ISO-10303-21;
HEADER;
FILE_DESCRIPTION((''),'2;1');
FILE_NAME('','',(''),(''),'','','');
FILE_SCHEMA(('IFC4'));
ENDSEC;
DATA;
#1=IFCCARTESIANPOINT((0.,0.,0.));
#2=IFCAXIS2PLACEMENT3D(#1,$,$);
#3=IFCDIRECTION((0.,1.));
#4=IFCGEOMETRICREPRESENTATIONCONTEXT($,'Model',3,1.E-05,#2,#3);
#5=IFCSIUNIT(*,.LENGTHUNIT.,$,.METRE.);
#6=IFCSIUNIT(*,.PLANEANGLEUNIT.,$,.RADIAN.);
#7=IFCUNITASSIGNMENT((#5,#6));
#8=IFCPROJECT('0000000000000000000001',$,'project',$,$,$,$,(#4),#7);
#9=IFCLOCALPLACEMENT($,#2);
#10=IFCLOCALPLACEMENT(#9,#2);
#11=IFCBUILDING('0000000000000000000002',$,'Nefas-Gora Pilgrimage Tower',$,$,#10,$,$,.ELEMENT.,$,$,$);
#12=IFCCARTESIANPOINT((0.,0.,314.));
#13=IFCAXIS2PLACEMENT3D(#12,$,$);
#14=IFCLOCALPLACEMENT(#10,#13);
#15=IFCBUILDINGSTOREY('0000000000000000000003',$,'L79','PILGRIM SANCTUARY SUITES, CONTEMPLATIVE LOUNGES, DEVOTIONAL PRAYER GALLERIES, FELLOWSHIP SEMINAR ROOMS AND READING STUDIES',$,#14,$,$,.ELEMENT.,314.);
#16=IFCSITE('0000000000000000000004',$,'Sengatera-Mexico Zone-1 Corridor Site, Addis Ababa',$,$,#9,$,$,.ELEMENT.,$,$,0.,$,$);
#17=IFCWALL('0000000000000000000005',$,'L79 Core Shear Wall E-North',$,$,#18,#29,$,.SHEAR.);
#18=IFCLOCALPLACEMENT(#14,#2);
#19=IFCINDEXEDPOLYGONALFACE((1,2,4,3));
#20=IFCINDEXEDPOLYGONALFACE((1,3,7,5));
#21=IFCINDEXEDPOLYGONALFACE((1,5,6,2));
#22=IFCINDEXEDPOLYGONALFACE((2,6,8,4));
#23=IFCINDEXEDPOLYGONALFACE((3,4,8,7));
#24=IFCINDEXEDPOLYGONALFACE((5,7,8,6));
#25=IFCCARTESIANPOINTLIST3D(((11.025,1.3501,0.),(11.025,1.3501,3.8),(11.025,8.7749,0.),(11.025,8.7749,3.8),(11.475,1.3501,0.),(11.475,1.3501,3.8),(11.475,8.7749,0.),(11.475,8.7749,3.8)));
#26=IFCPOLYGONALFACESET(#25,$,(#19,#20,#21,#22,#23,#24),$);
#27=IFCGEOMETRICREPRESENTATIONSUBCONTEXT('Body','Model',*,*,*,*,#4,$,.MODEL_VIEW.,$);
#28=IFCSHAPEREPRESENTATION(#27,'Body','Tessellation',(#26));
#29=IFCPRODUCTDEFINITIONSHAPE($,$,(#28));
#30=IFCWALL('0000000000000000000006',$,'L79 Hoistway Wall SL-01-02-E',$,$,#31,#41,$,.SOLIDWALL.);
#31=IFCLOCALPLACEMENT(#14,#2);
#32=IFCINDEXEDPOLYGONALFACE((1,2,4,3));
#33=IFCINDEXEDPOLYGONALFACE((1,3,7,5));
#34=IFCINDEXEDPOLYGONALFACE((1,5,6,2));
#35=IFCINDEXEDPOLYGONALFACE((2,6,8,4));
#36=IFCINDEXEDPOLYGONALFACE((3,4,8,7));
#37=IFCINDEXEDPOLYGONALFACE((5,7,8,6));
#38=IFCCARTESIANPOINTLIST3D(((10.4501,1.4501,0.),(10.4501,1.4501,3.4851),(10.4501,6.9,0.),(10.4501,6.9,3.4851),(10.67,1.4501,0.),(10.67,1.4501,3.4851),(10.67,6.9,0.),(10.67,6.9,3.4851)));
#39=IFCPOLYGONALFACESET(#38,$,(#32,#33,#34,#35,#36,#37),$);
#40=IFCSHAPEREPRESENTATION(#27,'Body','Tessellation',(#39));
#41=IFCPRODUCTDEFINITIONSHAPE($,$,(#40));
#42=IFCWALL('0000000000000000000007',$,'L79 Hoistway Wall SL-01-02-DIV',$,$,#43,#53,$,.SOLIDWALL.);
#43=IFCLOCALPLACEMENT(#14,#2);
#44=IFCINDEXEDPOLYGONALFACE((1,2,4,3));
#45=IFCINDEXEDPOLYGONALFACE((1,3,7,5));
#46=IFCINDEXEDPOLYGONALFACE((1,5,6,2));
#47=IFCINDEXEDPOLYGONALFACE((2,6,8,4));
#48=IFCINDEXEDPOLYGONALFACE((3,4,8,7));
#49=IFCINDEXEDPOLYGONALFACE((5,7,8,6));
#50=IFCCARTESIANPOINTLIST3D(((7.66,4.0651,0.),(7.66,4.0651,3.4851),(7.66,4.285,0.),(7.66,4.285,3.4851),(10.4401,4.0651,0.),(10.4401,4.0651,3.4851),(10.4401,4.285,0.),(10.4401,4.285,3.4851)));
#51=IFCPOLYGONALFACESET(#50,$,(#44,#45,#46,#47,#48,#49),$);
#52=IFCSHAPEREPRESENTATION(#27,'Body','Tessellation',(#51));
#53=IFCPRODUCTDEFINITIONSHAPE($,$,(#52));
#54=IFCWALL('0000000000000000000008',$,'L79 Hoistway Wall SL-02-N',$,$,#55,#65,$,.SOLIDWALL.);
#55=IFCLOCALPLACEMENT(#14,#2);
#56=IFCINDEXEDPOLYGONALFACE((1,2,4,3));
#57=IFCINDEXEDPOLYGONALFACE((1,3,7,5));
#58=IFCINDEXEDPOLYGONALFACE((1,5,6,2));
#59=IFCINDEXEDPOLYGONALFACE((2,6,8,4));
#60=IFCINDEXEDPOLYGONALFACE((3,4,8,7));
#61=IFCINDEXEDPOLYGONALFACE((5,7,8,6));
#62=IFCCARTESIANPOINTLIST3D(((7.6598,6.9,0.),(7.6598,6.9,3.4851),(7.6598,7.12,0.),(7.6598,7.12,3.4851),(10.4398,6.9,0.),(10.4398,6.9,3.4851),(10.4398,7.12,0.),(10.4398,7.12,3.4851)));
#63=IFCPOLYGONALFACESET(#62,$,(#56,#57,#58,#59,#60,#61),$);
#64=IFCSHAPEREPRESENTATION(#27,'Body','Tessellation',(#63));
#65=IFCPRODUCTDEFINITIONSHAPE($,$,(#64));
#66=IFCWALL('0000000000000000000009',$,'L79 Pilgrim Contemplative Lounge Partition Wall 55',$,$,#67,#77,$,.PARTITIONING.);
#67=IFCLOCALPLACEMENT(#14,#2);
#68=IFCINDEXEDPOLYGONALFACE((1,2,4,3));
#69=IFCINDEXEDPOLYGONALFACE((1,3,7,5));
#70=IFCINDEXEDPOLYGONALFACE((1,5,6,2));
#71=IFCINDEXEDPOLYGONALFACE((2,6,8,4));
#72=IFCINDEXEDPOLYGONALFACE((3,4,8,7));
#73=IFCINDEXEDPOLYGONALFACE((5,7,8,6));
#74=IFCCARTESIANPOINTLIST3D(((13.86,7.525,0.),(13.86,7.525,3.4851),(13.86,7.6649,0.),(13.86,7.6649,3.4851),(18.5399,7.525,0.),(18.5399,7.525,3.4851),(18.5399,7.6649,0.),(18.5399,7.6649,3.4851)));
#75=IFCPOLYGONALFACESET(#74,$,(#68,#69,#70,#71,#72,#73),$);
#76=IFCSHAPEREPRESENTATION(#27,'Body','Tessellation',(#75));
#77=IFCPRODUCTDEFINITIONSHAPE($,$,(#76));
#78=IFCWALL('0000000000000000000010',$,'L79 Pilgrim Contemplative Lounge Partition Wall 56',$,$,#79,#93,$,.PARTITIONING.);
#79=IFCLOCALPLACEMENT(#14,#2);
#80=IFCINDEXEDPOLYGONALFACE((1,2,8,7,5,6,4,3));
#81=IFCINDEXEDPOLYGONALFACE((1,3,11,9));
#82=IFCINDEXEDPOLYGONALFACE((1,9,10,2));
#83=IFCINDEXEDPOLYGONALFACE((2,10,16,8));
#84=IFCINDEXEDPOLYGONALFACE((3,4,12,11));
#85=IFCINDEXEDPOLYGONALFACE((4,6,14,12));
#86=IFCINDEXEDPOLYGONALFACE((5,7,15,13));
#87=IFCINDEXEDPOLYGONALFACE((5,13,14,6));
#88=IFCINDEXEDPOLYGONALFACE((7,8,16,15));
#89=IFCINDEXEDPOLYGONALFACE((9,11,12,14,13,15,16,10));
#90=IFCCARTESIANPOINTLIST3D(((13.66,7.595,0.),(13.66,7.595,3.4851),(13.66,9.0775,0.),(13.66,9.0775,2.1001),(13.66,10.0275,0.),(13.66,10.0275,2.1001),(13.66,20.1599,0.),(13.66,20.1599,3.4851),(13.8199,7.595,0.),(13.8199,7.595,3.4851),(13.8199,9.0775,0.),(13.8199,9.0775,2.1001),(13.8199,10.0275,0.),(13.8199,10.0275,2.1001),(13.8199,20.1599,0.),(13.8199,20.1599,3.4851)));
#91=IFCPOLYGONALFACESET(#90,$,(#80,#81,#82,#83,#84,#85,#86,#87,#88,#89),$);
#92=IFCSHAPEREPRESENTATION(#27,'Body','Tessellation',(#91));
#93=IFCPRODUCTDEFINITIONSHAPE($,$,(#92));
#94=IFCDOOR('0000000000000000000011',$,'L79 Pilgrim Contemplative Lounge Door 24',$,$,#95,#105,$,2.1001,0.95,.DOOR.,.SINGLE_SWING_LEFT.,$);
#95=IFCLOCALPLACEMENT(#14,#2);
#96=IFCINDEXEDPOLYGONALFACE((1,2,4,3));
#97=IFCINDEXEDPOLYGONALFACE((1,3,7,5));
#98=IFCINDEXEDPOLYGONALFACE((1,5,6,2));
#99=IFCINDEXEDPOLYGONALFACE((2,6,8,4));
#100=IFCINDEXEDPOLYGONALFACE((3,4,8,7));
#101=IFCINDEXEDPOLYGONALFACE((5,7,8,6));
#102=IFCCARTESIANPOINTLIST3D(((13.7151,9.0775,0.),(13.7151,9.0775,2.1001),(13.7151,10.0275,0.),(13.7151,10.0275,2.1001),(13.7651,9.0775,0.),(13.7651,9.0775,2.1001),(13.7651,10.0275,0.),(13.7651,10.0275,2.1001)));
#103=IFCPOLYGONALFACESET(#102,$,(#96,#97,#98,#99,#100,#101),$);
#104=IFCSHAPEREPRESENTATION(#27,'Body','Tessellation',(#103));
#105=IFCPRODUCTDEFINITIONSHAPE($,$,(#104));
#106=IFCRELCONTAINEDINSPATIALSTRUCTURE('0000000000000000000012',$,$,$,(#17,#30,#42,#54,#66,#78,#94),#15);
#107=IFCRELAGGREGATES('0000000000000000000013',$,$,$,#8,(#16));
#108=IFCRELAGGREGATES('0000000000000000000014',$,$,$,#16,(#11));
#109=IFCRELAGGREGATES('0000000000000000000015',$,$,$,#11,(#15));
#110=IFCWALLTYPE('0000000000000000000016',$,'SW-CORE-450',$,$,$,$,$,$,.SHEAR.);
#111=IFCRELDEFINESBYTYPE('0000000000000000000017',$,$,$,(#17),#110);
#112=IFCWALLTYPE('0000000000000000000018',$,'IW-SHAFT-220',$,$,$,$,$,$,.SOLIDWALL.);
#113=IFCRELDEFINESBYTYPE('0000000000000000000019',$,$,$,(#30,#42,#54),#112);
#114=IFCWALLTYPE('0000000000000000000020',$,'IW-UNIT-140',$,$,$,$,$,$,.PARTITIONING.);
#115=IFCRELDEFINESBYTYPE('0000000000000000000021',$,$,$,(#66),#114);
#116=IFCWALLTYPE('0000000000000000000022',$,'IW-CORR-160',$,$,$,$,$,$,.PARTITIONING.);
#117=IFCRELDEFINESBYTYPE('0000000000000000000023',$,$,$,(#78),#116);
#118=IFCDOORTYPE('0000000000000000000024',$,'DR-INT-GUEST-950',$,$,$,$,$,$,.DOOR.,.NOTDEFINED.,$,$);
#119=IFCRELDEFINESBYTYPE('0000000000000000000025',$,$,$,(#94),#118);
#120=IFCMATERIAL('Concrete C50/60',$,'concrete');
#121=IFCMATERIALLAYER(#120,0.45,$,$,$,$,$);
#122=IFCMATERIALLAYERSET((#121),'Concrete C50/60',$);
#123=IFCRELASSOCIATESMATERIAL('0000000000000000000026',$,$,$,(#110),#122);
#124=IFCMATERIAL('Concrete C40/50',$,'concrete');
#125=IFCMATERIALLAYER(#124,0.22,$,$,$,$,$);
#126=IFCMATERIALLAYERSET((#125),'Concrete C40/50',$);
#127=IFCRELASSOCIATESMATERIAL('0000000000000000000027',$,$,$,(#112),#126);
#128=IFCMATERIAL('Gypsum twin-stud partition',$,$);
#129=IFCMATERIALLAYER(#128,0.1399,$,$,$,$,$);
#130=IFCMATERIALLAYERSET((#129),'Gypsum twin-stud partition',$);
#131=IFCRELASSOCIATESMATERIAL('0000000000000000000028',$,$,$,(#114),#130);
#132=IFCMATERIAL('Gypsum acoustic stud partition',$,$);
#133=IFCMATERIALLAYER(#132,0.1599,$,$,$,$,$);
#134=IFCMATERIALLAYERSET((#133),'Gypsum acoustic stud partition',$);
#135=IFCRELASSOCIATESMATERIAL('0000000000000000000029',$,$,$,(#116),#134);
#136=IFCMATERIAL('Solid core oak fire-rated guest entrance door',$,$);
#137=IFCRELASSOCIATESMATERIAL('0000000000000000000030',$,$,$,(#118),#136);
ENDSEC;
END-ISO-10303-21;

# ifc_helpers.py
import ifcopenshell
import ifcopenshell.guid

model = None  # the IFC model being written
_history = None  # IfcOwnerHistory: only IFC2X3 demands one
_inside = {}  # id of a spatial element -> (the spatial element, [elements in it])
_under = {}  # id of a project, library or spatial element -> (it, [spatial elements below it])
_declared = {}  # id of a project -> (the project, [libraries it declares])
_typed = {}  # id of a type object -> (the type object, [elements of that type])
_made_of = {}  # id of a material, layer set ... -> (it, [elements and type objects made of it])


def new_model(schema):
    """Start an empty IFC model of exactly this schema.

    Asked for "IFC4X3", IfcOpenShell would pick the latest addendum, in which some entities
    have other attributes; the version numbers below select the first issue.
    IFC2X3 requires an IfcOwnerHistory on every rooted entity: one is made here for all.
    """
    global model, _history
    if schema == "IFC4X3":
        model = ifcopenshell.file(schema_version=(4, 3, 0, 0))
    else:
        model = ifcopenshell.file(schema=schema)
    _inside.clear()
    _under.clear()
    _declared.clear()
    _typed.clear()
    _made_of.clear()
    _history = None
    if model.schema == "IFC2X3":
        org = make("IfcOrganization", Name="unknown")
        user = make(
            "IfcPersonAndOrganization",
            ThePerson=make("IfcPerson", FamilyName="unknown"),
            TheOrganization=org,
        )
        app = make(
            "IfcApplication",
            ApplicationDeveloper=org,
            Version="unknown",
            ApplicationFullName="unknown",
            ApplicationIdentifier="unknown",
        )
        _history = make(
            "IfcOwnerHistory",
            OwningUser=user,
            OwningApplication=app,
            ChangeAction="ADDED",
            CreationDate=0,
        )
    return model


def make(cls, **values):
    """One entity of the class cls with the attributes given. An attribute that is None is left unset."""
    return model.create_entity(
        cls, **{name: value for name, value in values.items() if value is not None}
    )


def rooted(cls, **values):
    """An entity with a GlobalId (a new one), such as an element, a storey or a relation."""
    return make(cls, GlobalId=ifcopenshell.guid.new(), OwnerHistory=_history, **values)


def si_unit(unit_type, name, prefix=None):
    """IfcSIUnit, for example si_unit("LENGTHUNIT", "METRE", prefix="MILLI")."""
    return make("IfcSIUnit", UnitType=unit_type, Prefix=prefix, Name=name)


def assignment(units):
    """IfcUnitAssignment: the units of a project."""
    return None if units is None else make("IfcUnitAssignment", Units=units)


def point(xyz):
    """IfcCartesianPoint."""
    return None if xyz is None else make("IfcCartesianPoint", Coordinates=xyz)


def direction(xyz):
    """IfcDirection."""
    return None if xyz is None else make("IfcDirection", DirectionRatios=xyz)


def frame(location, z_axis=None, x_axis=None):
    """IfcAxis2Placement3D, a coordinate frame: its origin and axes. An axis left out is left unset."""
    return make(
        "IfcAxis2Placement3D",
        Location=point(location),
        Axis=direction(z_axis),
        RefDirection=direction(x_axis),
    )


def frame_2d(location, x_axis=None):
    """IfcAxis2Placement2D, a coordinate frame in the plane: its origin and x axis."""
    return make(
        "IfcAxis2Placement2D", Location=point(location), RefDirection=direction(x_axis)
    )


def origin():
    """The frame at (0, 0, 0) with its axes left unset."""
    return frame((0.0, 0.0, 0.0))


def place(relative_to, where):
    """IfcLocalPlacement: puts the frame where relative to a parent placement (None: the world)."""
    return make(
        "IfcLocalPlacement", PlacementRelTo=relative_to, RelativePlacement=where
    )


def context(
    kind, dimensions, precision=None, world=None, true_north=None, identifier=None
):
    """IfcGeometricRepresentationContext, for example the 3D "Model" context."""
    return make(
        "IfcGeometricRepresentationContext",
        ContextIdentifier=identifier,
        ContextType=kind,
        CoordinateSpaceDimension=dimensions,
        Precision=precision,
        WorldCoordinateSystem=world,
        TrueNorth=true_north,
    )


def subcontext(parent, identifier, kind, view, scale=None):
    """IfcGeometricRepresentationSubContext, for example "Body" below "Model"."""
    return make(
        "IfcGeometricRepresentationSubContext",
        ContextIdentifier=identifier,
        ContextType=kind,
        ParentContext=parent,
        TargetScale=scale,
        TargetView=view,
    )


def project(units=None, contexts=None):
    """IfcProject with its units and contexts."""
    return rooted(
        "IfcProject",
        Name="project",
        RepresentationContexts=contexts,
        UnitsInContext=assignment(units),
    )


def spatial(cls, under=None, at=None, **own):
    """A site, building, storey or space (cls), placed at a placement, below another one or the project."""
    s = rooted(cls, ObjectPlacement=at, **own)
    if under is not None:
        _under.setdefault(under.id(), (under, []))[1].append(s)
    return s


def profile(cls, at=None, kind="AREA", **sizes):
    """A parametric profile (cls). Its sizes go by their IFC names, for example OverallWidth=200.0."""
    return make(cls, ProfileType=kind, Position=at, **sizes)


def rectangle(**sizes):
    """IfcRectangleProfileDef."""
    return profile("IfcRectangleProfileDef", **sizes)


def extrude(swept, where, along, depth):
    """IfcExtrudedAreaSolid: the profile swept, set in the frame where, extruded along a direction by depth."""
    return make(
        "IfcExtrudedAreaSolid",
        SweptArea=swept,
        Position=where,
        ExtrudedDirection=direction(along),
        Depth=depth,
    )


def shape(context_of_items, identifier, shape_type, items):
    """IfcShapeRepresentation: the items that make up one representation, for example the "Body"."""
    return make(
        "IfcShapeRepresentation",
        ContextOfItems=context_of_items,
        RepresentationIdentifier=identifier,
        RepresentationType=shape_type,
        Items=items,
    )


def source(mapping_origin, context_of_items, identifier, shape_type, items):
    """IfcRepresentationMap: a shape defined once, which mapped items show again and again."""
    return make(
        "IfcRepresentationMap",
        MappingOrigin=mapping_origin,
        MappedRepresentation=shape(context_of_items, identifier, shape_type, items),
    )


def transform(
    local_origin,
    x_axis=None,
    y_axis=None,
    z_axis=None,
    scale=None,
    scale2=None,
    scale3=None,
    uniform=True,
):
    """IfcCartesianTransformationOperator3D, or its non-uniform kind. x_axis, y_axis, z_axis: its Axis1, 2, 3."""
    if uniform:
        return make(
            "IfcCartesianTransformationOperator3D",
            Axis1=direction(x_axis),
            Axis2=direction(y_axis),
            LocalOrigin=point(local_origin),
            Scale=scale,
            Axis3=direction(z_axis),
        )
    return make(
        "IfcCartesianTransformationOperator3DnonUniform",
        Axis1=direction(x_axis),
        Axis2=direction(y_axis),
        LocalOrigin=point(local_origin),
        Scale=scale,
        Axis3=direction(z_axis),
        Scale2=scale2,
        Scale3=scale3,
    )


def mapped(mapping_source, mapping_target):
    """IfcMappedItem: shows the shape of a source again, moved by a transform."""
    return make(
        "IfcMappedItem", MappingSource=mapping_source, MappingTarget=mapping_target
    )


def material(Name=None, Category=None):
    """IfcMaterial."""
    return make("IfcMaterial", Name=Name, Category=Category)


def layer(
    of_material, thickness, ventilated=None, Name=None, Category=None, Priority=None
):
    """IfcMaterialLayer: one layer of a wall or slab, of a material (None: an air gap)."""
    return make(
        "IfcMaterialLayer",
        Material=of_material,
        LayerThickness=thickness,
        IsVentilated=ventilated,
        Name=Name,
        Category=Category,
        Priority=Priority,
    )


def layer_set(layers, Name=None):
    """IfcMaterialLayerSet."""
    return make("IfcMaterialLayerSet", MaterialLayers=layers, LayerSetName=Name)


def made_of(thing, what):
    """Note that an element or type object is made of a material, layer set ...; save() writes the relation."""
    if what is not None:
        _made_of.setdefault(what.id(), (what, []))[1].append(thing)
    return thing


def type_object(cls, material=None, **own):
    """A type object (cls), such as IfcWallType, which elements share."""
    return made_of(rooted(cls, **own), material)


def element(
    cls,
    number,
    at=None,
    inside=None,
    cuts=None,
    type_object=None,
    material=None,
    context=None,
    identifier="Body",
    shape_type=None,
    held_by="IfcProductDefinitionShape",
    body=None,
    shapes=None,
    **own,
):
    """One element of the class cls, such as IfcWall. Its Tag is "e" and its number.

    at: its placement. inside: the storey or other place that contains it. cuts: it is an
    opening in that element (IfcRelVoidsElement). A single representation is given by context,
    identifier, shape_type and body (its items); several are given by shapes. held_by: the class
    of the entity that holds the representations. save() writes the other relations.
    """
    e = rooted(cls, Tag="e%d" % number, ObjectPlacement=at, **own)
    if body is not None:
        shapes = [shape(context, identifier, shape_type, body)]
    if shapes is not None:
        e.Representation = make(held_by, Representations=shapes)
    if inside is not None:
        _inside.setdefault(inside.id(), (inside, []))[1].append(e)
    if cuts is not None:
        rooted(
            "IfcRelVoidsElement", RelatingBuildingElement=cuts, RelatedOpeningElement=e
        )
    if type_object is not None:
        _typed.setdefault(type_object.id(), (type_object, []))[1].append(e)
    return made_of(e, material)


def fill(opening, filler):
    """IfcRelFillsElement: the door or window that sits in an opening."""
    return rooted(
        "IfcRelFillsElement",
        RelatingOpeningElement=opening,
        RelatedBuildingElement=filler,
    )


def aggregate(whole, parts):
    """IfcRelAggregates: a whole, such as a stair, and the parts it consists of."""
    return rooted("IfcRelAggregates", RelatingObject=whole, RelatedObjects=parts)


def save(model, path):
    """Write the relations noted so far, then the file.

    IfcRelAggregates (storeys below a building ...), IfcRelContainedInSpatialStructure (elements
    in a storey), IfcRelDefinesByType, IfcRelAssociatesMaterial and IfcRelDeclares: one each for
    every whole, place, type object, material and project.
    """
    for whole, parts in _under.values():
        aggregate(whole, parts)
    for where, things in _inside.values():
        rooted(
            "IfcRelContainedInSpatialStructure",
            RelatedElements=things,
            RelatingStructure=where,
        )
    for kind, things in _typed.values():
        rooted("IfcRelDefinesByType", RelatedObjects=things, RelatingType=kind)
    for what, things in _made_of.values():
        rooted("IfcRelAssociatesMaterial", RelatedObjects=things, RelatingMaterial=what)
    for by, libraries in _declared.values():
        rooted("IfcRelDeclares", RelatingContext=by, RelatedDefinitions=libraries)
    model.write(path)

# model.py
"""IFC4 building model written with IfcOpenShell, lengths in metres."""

from ifc_helpers import new_model, si_unit, direction, frame, frame_2d, origin, place, context, subcontext, project, spatial, rectangle, extrude, source, transform, mapped, material, layer, layer_set, type_object, element, fill, save


model = new_model("IFC4")

# Units and contexts
model_context = context("Model", 3, precision=1e-05, world=origin(), true_north=direction((0.0, 1.0)))
body_context = subcontext(model_context, "Body", "Model", "MODEL_VIEW")
ifc_project = project(units=[si_unit("LENGTHUNIT", "METRE"), si_unit("PLANEANGLEUNIT", "RADIAN")], contexts=[model_context])

# Site, building, storey
site_placement = place(None, origin())
site = spatial("IfcSite", under=ifc_project, at=site_placement, Name="Sengatera-Mexico Zone-1 Corridor Site, Addis Ababa", CompositionType="ELEMENT", RefElevation=0.0)
building_placement = place(site_placement, origin())
building = spatial("IfcBuilding", under=site, at=building_placement, Name="Nefas-Gora Pilgrimage Tower", CompositionType="ELEMENT")
storey_placement = place(building_placement, frame((0.0, 0.0, 314.0)))
storey = spatial("IfcBuildingStorey", under=building, at=storey_placement, Name="L79", Description="PILGRIM SANCTUARY SUITES, CONTEMPLATIVE LOUNGES, DEVOTIONAL PRAYER GALLERIES, FELLOWSHIP SEMINAR ROOMS AND READING STUDIES", CompositionType="ELEMENT", Elevation=314.0)

# Shared definitions
ifc_material_1 = material(Name="Concrete C50/60", Category="concrete")

# Walls
ifc_layer_1 = layer(ifc_material_1, 0.45)
ifc_layer_set_1 = layer_set([ifc_layer_1], Name="Concrete C50/60")
wall_type_1 = type_object("IfcWallType", Name="SW-CORE-450", PredefinedType="SHEAR", material=ifc_layer_set_1)
shared_shape_1 = source(origin(), body_context, "Body", "SweptSolid", [
    extrude(rectangle(XDim=7.4248, YDim=0.45, at=frame_2d((3.7124, 0.0))), origin(), (0.0, 0.0, 1.0), 3.8),
])
wall_1_placement = place(storey_placement, frame((11.25, 1.3501, 0.0), z_axis=(0.0, 0.0, 1.0), x_axis=(0.0, 1.0, 0.0)))
element("IfcWall", 1, at=wall_1_placement, inside=storey, type_object=wall_type_1, Name="L79 Core Shear Wall E-North", PredefinedType="SHEAR", context=body_context, shape_type="MappedRepresentation", body=[
    mapped(shared_shape_1, transform((0.0, 0.0, 0.0), x_axis=(1.0, 0.0, 0.0), y_axis=(0.0, 1.0, 0.0), z_axis=(0.0, 0.0, 1.0), scale=1.0)),
])
ifc_material_2 = material(Name="Concrete C40/50", Category="concrete")
ifc_layer_2 = layer(ifc_material_2, 0.22)
ifc_layer_set_2 = layer_set([ifc_layer_2], Name="Concrete C40/50")
wall_type_2 = type_object("IfcWallType", Name="IW-SHAFT-220", PredefinedType="SOLIDWALL", material=ifc_layer_set_2)
shared_shape_2 = source(origin(), body_context, "Body", "SweptSolid", [
    extrude(rectangle(XDim=5.45, YDim=0.22, at=frame_2d((2.7251, 0.0))), origin(), (0.0, 0.0, 1.0), 3.4851),
])
wall_2_placement = place(storey_placement, frame((10.5601, 1.45, 0.0), z_axis=(0.0, 0.0, 1.0), x_axis=(0.0, 1.0, 0.0)))
element("IfcWall", 2, at=wall_2_placement, inside=storey, type_object=wall_type_2, Name="L79 Hoistway Wall SL-01-02-E", PredefinedType="SOLIDWALL", context=body_context, shape_type="MappedRepresentation", body=[
    mapped(shared_shape_2, transform((0.0, 0.0, 0.0), x_axis=(1.0, 0.0, 0.0), y_axis=(0.0, 1.0, 0.0), z_axis=(0.0, 0.0, 1.0), scale=1.0)),
])
shared_shape_3 = source(origin(), body_context, "Body", "SweptSolid", [
    extrude(rectangle(XDim=2.78, YDim=0.22, at=frame_2d((1.3901, 0.0))), origin(), (0.0, 0.0, 1.0), 3.4851),
])
for number, where, z_axis, x_axis, name in (
    (3, (7.6599, 4.175, 0.0), (0.0, 0.0, 1.0), (1.0, 0.0, 0.0), "L79 Hoistway Wall SL-01-02-DIV"),
    (4, (10.4399, 7.01, 0.0), (0.0, 0.0, 1.0), (-1.0, 0.0, 0.0), "L79 Hoistway Wall SL-02-N"),
):
    element("IfcWall", number, at=place(storey_placement, frame(where, z_axis=z_axis, x_axis=x_axis)), inside=storey, type_object=wall_type_2, Name=name, PredefinedType="SOLIDWALL", context=body_context, shape_type="MappedRepresentation", body=[
        mapped(shared_shape_3, transform((0.0, 0.0, 0.0), x_axis=(1.0, 0.0, 0.0), y_axis=(0.0, 1.0, 0.0), z_axis=(0.0, 0.0, 1.0), scale=1.0)),
    ])
ifc_material_3 = material(Name="Gypsum twin-stud partition")
ifc_layer_3 = layer(ifc_material_3, 0.1399)
ifc_layer_set_3 = layer_set([ifc_layer_3], Name="Gypsum twin-stud partition")
wall_type_3 = type_object("IfcWallType", Name="IW-UNIT-140", PredefinedType="PARTITIONING", material=ifc_layer_set_3)
shared_shape_4 = source(origin(), body_context, "Body", "SweptSolid", [
    extrude(rectangle(XDim=4.6799, YDim=0.1399, at=frame_2d((2.3398, 0.0))), origin(), (0.0, 0.0, 1.0), 3.4851),
])
wall_3_placement = place(storey_placement, frame((13.8601, 7.595, 0.0), z_axis=(0.0, 0.0, 1.0), x_axis=(1.0, 0.0, 0.0)))
element("IfcWall", 5, at=wall_3_placement, inside=storey, type_object=wall_type_3, Name="L79 Pilgrim Contemplative Lounge Partition Wall 55", PredefinedType="PARTITIONING", context=body_context, shape_type="MappedRepresentation", body=[
    mapped(shared_shape_4, transform((0.0, 0.0, 0.0), x_axis=(1.0, 0.0, 0.0), y_axis=(0.0, 1.0, 0.0), z_axis=(0.0, 0.0, 1.0), scale=1.0)),
])

# Wall, opening, door
ifc_material_4 = material(Name="Gypsum acoustic stud partition")
ifc_layer_4 = layer(ifc_material_4, 0.1599)
ifc_layer_set_4 = layer_set([ifc_layer_4], Name="Gypsum acoustic stud partition")
wall_type_4 = type_object("IfcWallType", Name="IW-CORR-160", PredefinedType="PARTITIONING", material=ifc_layer_set_4)
shared_shape_5 = source(origin(), body_context, "Body", "SweptSolid", [
    extrude(rectangle(XDim=12.5649, YDim=0.1599, at=frame_2d((6.2825, 0.0))), origin(), (0.0, 0.0, 1.0), 3.4851),
])
wall_4_placement = place(storey_placement, frame((13.74, 7.595, 0.0), z_axis=(0.0, 0.0, 1.0), x_axis=(0.0, 1.0, 0.0)))
wall_4 = element("IfcWall", 6, at=wall_4_placement, inside=storey, type_object=wall_type_4, Name="L79 Pilgrim Contemplative Lounge Partition Wall 56", PredefinedType="PARTITIONING", context=body_context, shape_type="MappedRepresentation", body=[
    mapped(shared_shape_5, transform((0.0, 0.0, 0.0), x_axis=(1.0, 0.0, 0.0), y_axis=(0.0, 1.0, 0.0), z_axis=(0.0, 0.0, 1.0), scale=1.0)),
])
opening_placement = place(wall_4_placement, frame((1.4824, 0.0, 0.0)))
opening = element("IfcOpeningElement", 7, at=opening_placement, cuts=wall_4, PredefinedType="OPENING", context=body_context, shape_type="SweptSolid", body=[
    extrude(rectangle(XDim=0.95, YDim=2.1001, at=frame_2d((0.4751, 1.05))), frame((0.0, 0.0898, 0.0), z_axis=(0.0, -1.0, 0.0), x_axis=(1.0, 0.0, 0.0)), (0.0, 0.0, 1.0), 0.1799),
])
ifc_material_5 = material(Name="Solid core oak fire-rated guest entrance door")
door_type = type_object("IfcDoorType", Name="DR-INT-GUEST-950", OperationType="NOTDEFINED", PredefinedType="DOOR", material=ifc_material_5)
shared_shape_6 = source(origin(), body_context, "Body", "SweptSolid", [
    extrude(rectangle(XDim=0.95, YDim=2.1001, at=frame_2d((0.4751, 1.05))), frame((0.0, 0.0249, 0.0), z_axis=(0.0, -1.0, 0.0), x_axis=(1.0, 0.0, 0.0)), (0.0, 0.0, 1.0), 0.05),
])
door_placement = place(opening_placement, origin())
door = element("IfcDoor", 8, at=door_placement, inside=storey, type_object=door_type, Name="L79 Pilgrim Contemplative Lounge Door 24", OperationType="SINGLE_SWING_LEFT", OverallHeight=2.1001, OverallWidth=0.95, PredefinedType="DOOR", context=body_context, shape_type="MappedRepresentation", body=[
    mapped(shared_shape_6, transform((0.0, 0.0, 0.0), x_axis=(1.0, 0.0, 0.0), y_axis=(0.0, 1.0, 0.0), z_axis=(0.0, 0.0, 1.0), scale=1.0)),
])
fill(opening, door)

save(model, "model.ifc")
